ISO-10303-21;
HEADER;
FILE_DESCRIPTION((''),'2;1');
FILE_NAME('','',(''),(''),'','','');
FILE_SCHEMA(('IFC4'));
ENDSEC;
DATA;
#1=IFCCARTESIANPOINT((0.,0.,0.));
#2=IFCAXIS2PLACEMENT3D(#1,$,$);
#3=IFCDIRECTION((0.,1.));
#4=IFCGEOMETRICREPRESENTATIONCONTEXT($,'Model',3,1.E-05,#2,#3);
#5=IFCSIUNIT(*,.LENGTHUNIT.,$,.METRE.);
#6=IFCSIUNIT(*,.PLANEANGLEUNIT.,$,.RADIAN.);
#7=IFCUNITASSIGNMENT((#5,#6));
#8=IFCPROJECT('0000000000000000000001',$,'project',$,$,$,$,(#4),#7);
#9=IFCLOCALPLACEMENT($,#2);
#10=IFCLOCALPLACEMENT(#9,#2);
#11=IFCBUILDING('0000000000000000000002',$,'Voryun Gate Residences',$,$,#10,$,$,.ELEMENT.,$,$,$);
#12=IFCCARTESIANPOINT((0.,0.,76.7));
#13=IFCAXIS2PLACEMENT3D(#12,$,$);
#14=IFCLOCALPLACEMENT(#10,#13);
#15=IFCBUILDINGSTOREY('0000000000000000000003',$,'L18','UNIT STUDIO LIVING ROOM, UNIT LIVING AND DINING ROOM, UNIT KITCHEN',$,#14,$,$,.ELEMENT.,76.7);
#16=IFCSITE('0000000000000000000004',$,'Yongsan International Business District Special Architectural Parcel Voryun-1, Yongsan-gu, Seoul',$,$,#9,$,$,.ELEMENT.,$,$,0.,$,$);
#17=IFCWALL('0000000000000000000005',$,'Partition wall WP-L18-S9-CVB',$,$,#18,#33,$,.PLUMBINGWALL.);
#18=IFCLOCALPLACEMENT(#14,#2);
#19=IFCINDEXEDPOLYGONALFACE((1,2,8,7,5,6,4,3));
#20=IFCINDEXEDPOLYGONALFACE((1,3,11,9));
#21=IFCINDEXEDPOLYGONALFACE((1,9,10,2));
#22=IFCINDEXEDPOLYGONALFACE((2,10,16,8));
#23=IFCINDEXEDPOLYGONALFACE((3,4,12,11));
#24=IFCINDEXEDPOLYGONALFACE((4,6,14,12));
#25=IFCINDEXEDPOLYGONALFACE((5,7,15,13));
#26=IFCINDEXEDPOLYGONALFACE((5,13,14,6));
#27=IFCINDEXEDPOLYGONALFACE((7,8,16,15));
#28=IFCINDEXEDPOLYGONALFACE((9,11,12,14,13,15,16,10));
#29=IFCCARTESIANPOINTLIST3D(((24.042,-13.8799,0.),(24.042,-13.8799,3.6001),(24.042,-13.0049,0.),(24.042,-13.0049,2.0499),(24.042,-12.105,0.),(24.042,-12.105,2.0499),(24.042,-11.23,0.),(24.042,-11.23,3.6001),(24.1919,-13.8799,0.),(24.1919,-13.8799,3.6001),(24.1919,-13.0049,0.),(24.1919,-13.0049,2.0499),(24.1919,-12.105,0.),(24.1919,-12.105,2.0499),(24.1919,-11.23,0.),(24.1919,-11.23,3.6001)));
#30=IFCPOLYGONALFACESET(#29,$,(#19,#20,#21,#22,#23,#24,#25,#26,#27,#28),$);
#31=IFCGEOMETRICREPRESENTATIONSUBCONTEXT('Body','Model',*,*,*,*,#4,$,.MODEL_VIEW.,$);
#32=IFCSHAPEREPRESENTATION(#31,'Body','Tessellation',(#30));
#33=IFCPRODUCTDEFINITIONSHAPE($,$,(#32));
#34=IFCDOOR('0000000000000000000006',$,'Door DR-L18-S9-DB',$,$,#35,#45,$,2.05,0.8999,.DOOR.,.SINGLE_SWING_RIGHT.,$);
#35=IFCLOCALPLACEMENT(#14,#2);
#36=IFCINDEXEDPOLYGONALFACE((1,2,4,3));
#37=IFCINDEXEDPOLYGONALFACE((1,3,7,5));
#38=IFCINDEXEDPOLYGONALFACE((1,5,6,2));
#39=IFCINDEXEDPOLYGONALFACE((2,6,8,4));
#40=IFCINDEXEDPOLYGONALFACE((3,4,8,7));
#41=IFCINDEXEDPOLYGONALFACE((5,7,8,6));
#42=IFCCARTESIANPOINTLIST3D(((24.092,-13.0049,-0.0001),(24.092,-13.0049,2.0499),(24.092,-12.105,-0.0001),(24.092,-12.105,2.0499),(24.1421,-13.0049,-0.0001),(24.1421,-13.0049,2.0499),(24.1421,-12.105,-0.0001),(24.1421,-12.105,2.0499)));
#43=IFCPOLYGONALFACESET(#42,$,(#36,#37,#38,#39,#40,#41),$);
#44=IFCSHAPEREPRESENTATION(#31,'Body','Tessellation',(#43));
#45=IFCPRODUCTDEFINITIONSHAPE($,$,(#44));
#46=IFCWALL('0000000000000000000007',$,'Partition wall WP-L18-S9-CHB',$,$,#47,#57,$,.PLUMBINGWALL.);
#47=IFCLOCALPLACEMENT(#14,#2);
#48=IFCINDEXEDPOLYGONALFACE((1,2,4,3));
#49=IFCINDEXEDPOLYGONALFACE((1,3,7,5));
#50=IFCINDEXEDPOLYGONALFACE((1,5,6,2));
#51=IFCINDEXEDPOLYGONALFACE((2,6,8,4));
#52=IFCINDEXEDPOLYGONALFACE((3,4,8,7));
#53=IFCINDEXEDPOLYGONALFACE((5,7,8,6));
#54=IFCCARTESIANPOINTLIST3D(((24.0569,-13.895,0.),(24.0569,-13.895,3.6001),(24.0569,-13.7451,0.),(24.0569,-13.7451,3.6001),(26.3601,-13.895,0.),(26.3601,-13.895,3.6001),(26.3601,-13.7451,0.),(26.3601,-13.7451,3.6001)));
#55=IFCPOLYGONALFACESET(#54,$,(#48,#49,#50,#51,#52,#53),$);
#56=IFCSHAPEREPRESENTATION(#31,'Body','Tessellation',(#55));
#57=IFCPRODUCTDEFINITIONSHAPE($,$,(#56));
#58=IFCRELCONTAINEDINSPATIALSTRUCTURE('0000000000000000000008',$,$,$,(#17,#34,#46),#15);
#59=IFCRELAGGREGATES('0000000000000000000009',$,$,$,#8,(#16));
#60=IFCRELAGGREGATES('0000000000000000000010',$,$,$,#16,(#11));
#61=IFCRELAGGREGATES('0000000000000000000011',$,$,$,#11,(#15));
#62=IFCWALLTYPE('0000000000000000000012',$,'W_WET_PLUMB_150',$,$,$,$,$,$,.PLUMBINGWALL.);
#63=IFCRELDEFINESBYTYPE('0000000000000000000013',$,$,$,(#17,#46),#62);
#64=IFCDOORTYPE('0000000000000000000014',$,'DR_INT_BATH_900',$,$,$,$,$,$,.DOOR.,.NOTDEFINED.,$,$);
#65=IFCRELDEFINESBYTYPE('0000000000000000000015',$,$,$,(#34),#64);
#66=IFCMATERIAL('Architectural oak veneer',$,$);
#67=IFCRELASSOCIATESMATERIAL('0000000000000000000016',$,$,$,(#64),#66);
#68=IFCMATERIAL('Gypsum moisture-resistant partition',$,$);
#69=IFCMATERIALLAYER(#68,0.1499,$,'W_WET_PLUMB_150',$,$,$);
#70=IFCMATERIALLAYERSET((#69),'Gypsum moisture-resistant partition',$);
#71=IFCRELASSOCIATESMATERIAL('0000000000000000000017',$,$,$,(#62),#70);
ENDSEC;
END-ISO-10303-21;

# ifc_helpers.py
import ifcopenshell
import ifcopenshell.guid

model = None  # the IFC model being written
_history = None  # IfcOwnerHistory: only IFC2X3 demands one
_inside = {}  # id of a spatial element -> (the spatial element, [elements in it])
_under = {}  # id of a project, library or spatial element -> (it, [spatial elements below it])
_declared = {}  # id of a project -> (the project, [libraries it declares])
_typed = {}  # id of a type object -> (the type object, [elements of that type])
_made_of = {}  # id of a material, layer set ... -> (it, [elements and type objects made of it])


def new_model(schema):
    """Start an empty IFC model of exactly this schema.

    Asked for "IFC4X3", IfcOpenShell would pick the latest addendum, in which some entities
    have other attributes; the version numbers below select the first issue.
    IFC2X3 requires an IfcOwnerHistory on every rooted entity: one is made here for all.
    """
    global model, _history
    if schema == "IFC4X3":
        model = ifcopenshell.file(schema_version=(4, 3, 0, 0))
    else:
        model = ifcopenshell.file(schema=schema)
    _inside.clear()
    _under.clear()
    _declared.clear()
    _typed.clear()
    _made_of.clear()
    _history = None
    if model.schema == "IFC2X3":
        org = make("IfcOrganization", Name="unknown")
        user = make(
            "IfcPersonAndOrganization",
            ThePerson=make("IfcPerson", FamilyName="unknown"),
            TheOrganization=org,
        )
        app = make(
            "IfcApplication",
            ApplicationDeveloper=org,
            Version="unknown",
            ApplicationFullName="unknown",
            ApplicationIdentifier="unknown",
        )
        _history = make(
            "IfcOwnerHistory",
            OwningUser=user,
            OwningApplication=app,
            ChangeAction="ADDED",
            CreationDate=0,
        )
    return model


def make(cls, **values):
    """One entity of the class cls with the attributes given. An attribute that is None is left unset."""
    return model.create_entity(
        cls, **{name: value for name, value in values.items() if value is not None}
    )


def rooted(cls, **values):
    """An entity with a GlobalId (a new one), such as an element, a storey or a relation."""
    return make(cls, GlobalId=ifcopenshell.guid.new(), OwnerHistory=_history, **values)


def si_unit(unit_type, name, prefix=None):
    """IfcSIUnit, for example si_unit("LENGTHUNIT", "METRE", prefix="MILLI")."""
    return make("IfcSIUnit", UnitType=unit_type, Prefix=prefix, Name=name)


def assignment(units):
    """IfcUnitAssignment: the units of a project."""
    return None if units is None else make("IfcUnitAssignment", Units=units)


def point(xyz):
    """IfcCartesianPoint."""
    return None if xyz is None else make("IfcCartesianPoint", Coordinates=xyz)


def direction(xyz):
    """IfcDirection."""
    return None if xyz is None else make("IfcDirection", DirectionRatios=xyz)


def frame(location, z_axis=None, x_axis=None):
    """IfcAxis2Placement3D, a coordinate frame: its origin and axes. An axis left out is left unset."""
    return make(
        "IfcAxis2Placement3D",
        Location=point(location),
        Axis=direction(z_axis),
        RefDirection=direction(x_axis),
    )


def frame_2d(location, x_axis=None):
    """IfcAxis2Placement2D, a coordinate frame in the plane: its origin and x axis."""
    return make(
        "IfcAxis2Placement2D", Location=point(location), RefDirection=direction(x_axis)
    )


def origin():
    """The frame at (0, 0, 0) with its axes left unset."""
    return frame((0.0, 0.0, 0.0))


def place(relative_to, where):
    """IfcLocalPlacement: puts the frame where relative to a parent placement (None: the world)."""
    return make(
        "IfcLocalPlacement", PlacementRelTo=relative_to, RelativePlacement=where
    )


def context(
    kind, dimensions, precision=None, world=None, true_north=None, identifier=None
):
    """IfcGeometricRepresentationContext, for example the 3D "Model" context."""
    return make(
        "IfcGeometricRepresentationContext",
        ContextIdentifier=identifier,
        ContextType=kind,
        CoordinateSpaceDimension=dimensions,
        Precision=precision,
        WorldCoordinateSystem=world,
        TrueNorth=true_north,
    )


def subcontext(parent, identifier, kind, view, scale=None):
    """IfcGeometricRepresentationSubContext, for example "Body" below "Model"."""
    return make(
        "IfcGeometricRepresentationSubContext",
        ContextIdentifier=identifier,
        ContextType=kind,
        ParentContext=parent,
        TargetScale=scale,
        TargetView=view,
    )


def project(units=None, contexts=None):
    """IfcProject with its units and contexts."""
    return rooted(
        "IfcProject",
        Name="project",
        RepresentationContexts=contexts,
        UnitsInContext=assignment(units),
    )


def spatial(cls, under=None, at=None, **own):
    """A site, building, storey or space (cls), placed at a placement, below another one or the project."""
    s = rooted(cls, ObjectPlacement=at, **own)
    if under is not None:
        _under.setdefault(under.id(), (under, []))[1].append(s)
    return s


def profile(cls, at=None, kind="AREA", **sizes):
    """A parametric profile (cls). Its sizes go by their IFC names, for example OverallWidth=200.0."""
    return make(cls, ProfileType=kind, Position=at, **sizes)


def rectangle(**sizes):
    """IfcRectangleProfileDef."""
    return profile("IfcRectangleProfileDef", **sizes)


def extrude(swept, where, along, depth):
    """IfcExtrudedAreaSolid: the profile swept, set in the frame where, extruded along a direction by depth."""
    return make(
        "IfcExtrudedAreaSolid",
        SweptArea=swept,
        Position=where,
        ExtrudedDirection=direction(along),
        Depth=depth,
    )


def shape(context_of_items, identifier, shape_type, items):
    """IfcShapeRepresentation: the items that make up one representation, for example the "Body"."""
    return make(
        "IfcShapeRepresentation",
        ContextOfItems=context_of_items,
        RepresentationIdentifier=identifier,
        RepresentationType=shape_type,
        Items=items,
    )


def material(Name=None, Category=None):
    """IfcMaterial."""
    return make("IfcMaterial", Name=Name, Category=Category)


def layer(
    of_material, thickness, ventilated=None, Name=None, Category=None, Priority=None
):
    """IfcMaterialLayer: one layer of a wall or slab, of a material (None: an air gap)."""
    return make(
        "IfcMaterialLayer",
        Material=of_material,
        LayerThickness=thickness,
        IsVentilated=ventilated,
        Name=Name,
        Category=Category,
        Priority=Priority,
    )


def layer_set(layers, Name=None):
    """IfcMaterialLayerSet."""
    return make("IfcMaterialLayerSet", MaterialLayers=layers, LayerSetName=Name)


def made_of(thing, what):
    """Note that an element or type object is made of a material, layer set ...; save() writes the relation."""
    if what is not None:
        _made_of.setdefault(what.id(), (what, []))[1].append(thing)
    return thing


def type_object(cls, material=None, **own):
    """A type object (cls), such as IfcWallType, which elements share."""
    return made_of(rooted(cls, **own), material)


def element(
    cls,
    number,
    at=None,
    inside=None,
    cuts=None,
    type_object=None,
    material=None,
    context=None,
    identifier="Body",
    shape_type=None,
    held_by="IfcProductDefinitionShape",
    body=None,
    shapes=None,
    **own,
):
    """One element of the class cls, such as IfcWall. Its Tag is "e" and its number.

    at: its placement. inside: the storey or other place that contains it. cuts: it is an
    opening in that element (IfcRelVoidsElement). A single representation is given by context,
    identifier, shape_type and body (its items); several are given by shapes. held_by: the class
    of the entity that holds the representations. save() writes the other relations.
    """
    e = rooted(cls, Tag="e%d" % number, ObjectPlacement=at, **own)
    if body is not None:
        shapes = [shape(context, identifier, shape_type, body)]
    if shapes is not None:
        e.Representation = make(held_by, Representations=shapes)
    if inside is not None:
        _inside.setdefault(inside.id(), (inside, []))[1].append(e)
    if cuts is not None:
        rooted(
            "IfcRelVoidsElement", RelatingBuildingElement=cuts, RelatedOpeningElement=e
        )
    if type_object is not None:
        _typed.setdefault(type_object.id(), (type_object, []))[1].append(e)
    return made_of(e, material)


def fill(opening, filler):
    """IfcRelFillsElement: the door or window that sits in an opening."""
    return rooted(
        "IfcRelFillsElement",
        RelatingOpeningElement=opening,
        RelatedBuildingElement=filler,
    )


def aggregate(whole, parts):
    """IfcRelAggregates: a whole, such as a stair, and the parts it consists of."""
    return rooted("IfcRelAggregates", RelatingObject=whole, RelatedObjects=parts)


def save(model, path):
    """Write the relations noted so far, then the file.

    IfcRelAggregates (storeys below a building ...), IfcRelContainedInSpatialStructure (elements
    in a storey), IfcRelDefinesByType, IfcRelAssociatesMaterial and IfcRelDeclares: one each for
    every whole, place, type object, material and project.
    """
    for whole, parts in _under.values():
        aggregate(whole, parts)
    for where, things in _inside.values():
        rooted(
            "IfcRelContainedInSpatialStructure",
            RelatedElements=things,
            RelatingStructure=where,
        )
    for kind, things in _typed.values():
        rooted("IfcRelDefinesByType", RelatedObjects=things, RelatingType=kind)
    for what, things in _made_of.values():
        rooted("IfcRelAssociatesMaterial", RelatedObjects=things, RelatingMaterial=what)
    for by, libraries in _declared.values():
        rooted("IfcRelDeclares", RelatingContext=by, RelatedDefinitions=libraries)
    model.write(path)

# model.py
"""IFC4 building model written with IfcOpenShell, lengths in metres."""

from ifc_helpers import new_model, si_unit, direction, frame, frame_2d, origin, place, context, subcontext, project, spatial, rectangle, extrude, material, layer, layer_set, type_object, element, fill, save


model = new_model("IFC4")

# Units and contexts
model_context = context("Model", 3, precision=1e-05, world=origin(), true_north=direction((0.0, 1.0)))
body_context = subcontext(model_context, "Body", "Model", "MODEL_VIEW")
ifc_project = project(units=[si_unit("LENGTHUNIT", "METRE"), si_unit("PLANEANGLEUNIT", "RADIAN")], contexts=[model_context])

# Site, building, storey
site_placement = place(None, origin())
site = spatial("IfcSite", under=ifc_project, at=site_placement, Name="Yongsan International Business District Special Architectural Parcel Voryun-1, Yongsan-gu, Seoul", CompositionType="ELEMENT", RefElevation=0.0)
building_placement = place(site_placement, origin())
building = spatial("IfcBuilding", under=site, at=building_placement, Name="Voryun Gate Residences", CompositionType="ELEMENT")
storey_placement = place(building_placement, frame((0.0, 0.0, 76.7)))
storey = spatial("IfcBuildingStorey", under=building, at=storey_placement, Name="L18", Description="UNIT STUDIO LIVING ROOM, UNIT LIVING AND DINING ROOM, UNIT KITCHEN", CompositionType="ELEMENT", Elevation=76.7)

# Shared definitions
ifc_material_1 = material(Name="Architectural oak veneer")
door_type = type_object("IfcDoorType", Name="DR_INT_BATH_900", OperationType="NOTDEFINED", PredefinedType="DOOR", material=ifc_material_1)

# Shared definitions
ifc_material_2 = material(Name="Gypsum moisture-resistant partition")
ifc_layer_1 = layer(ifc_material_2, 0.1499, Name="W_WET_PLUMB_150")
ifc_layer_set_1 = layer_set([ifc_layer_1], Name="Gypsum moisture-resistant partition")
wall_type_1 = type_object("IfcWallType", Name="W_WET_PLUMB_150", PredefinedType="PLUMBINGWALL", material=ifc_layer_set_1)

# Wall, opening, door
wall_1_placement = place(storey_placement, frame((24.1169, -13.8799, 0.0), z_axis=(0.0, 0.0, 1.0), x_axis=(0.0, 1.0, 0.0)))
wall_1 = element("IfcWall", 1, at=wall_1_placement, inside=storey, type_object=wall_type_1, Name="Partition wall WP-L18-S9-CVB", PredefinedType="PLUMBINGWALL", context=body_context, shape_type="SweptSolid", body=[
    extrude(rectangle(XDim=2.6499, YDim=0.1499, at=frame_2d((1.325, 0.0))), origin(), (0.0, 0.0, 1.0), 3.6001),
])
opening_1_placement = place(wall_1_placement, frame((0.875, 0.0, 0.0)))
opening_1 = element("IfcOpeningElement", 2, at=opening_1_placement, cuts=wall_1, PredefinedType="OPENING", context=body_context, shape_type="SweptSolid", body=[
    extrude(rectangle(XDim=0.8999, YDim=2.05, at=frame_2d((0.45, 1.0249))), frame((0.0, 0.085, 0.0), z_axis=(0.0, -1.0, 0.0), x_axis=(1.0, 0.0, 0.0)), (0.0, 0.0, 1.0), 0.1699),
])
door_1_placement = place(opening_1_placement, origin())
door_1 = element("IfcDoor", 3, at=door_1_placement, inside=storey, type_object=door_type, Name="Door DR-L18-S9-DB", OperationType="SINGLE_SWING_RIGHT", OverallHeight=2.05, OverallWidth=0.8999, PredefinedType="DOOR", context=body_context, shape_type="SweptSolid", body=[
    extrude(rectangle(XDim=0.8999, YDim=2.05, at=frame_2d((0.45, 1.0249))), frame((0.0, 0.0249, 0.0), z_axis=(0.0, -1.0, 0.0), x_axis=(1.0, 0.0, 0.0)), (0.0, 0.0, 1.0), 0.05),
])
fill(opening_1, door_1)

# Wall
wall_2_placement = place(storey_placement, frame((24.0569, -13.8201, 0.0), z_axis=(0.0, 0.0, 1.0), x_axis=(1.0, 0.0, 0.0)))
element("IfcWall", 4, at=wall_2_placement, inside=storey, type_object=wall_type_1, Name="Partition wall WP-L18-S9-CHB", PredefinedType="PLUMBINGWALL", context=body_context, shape_type="SweptSolid", body=[
    extrude(rectangle(XDim=2.3032, YDim=0.1499, at=frame_2d((1.1516, 0.0))), origin(), (0.0, 0.0, 1.0), 3.6001),
])

save(model, "model.ifc")
